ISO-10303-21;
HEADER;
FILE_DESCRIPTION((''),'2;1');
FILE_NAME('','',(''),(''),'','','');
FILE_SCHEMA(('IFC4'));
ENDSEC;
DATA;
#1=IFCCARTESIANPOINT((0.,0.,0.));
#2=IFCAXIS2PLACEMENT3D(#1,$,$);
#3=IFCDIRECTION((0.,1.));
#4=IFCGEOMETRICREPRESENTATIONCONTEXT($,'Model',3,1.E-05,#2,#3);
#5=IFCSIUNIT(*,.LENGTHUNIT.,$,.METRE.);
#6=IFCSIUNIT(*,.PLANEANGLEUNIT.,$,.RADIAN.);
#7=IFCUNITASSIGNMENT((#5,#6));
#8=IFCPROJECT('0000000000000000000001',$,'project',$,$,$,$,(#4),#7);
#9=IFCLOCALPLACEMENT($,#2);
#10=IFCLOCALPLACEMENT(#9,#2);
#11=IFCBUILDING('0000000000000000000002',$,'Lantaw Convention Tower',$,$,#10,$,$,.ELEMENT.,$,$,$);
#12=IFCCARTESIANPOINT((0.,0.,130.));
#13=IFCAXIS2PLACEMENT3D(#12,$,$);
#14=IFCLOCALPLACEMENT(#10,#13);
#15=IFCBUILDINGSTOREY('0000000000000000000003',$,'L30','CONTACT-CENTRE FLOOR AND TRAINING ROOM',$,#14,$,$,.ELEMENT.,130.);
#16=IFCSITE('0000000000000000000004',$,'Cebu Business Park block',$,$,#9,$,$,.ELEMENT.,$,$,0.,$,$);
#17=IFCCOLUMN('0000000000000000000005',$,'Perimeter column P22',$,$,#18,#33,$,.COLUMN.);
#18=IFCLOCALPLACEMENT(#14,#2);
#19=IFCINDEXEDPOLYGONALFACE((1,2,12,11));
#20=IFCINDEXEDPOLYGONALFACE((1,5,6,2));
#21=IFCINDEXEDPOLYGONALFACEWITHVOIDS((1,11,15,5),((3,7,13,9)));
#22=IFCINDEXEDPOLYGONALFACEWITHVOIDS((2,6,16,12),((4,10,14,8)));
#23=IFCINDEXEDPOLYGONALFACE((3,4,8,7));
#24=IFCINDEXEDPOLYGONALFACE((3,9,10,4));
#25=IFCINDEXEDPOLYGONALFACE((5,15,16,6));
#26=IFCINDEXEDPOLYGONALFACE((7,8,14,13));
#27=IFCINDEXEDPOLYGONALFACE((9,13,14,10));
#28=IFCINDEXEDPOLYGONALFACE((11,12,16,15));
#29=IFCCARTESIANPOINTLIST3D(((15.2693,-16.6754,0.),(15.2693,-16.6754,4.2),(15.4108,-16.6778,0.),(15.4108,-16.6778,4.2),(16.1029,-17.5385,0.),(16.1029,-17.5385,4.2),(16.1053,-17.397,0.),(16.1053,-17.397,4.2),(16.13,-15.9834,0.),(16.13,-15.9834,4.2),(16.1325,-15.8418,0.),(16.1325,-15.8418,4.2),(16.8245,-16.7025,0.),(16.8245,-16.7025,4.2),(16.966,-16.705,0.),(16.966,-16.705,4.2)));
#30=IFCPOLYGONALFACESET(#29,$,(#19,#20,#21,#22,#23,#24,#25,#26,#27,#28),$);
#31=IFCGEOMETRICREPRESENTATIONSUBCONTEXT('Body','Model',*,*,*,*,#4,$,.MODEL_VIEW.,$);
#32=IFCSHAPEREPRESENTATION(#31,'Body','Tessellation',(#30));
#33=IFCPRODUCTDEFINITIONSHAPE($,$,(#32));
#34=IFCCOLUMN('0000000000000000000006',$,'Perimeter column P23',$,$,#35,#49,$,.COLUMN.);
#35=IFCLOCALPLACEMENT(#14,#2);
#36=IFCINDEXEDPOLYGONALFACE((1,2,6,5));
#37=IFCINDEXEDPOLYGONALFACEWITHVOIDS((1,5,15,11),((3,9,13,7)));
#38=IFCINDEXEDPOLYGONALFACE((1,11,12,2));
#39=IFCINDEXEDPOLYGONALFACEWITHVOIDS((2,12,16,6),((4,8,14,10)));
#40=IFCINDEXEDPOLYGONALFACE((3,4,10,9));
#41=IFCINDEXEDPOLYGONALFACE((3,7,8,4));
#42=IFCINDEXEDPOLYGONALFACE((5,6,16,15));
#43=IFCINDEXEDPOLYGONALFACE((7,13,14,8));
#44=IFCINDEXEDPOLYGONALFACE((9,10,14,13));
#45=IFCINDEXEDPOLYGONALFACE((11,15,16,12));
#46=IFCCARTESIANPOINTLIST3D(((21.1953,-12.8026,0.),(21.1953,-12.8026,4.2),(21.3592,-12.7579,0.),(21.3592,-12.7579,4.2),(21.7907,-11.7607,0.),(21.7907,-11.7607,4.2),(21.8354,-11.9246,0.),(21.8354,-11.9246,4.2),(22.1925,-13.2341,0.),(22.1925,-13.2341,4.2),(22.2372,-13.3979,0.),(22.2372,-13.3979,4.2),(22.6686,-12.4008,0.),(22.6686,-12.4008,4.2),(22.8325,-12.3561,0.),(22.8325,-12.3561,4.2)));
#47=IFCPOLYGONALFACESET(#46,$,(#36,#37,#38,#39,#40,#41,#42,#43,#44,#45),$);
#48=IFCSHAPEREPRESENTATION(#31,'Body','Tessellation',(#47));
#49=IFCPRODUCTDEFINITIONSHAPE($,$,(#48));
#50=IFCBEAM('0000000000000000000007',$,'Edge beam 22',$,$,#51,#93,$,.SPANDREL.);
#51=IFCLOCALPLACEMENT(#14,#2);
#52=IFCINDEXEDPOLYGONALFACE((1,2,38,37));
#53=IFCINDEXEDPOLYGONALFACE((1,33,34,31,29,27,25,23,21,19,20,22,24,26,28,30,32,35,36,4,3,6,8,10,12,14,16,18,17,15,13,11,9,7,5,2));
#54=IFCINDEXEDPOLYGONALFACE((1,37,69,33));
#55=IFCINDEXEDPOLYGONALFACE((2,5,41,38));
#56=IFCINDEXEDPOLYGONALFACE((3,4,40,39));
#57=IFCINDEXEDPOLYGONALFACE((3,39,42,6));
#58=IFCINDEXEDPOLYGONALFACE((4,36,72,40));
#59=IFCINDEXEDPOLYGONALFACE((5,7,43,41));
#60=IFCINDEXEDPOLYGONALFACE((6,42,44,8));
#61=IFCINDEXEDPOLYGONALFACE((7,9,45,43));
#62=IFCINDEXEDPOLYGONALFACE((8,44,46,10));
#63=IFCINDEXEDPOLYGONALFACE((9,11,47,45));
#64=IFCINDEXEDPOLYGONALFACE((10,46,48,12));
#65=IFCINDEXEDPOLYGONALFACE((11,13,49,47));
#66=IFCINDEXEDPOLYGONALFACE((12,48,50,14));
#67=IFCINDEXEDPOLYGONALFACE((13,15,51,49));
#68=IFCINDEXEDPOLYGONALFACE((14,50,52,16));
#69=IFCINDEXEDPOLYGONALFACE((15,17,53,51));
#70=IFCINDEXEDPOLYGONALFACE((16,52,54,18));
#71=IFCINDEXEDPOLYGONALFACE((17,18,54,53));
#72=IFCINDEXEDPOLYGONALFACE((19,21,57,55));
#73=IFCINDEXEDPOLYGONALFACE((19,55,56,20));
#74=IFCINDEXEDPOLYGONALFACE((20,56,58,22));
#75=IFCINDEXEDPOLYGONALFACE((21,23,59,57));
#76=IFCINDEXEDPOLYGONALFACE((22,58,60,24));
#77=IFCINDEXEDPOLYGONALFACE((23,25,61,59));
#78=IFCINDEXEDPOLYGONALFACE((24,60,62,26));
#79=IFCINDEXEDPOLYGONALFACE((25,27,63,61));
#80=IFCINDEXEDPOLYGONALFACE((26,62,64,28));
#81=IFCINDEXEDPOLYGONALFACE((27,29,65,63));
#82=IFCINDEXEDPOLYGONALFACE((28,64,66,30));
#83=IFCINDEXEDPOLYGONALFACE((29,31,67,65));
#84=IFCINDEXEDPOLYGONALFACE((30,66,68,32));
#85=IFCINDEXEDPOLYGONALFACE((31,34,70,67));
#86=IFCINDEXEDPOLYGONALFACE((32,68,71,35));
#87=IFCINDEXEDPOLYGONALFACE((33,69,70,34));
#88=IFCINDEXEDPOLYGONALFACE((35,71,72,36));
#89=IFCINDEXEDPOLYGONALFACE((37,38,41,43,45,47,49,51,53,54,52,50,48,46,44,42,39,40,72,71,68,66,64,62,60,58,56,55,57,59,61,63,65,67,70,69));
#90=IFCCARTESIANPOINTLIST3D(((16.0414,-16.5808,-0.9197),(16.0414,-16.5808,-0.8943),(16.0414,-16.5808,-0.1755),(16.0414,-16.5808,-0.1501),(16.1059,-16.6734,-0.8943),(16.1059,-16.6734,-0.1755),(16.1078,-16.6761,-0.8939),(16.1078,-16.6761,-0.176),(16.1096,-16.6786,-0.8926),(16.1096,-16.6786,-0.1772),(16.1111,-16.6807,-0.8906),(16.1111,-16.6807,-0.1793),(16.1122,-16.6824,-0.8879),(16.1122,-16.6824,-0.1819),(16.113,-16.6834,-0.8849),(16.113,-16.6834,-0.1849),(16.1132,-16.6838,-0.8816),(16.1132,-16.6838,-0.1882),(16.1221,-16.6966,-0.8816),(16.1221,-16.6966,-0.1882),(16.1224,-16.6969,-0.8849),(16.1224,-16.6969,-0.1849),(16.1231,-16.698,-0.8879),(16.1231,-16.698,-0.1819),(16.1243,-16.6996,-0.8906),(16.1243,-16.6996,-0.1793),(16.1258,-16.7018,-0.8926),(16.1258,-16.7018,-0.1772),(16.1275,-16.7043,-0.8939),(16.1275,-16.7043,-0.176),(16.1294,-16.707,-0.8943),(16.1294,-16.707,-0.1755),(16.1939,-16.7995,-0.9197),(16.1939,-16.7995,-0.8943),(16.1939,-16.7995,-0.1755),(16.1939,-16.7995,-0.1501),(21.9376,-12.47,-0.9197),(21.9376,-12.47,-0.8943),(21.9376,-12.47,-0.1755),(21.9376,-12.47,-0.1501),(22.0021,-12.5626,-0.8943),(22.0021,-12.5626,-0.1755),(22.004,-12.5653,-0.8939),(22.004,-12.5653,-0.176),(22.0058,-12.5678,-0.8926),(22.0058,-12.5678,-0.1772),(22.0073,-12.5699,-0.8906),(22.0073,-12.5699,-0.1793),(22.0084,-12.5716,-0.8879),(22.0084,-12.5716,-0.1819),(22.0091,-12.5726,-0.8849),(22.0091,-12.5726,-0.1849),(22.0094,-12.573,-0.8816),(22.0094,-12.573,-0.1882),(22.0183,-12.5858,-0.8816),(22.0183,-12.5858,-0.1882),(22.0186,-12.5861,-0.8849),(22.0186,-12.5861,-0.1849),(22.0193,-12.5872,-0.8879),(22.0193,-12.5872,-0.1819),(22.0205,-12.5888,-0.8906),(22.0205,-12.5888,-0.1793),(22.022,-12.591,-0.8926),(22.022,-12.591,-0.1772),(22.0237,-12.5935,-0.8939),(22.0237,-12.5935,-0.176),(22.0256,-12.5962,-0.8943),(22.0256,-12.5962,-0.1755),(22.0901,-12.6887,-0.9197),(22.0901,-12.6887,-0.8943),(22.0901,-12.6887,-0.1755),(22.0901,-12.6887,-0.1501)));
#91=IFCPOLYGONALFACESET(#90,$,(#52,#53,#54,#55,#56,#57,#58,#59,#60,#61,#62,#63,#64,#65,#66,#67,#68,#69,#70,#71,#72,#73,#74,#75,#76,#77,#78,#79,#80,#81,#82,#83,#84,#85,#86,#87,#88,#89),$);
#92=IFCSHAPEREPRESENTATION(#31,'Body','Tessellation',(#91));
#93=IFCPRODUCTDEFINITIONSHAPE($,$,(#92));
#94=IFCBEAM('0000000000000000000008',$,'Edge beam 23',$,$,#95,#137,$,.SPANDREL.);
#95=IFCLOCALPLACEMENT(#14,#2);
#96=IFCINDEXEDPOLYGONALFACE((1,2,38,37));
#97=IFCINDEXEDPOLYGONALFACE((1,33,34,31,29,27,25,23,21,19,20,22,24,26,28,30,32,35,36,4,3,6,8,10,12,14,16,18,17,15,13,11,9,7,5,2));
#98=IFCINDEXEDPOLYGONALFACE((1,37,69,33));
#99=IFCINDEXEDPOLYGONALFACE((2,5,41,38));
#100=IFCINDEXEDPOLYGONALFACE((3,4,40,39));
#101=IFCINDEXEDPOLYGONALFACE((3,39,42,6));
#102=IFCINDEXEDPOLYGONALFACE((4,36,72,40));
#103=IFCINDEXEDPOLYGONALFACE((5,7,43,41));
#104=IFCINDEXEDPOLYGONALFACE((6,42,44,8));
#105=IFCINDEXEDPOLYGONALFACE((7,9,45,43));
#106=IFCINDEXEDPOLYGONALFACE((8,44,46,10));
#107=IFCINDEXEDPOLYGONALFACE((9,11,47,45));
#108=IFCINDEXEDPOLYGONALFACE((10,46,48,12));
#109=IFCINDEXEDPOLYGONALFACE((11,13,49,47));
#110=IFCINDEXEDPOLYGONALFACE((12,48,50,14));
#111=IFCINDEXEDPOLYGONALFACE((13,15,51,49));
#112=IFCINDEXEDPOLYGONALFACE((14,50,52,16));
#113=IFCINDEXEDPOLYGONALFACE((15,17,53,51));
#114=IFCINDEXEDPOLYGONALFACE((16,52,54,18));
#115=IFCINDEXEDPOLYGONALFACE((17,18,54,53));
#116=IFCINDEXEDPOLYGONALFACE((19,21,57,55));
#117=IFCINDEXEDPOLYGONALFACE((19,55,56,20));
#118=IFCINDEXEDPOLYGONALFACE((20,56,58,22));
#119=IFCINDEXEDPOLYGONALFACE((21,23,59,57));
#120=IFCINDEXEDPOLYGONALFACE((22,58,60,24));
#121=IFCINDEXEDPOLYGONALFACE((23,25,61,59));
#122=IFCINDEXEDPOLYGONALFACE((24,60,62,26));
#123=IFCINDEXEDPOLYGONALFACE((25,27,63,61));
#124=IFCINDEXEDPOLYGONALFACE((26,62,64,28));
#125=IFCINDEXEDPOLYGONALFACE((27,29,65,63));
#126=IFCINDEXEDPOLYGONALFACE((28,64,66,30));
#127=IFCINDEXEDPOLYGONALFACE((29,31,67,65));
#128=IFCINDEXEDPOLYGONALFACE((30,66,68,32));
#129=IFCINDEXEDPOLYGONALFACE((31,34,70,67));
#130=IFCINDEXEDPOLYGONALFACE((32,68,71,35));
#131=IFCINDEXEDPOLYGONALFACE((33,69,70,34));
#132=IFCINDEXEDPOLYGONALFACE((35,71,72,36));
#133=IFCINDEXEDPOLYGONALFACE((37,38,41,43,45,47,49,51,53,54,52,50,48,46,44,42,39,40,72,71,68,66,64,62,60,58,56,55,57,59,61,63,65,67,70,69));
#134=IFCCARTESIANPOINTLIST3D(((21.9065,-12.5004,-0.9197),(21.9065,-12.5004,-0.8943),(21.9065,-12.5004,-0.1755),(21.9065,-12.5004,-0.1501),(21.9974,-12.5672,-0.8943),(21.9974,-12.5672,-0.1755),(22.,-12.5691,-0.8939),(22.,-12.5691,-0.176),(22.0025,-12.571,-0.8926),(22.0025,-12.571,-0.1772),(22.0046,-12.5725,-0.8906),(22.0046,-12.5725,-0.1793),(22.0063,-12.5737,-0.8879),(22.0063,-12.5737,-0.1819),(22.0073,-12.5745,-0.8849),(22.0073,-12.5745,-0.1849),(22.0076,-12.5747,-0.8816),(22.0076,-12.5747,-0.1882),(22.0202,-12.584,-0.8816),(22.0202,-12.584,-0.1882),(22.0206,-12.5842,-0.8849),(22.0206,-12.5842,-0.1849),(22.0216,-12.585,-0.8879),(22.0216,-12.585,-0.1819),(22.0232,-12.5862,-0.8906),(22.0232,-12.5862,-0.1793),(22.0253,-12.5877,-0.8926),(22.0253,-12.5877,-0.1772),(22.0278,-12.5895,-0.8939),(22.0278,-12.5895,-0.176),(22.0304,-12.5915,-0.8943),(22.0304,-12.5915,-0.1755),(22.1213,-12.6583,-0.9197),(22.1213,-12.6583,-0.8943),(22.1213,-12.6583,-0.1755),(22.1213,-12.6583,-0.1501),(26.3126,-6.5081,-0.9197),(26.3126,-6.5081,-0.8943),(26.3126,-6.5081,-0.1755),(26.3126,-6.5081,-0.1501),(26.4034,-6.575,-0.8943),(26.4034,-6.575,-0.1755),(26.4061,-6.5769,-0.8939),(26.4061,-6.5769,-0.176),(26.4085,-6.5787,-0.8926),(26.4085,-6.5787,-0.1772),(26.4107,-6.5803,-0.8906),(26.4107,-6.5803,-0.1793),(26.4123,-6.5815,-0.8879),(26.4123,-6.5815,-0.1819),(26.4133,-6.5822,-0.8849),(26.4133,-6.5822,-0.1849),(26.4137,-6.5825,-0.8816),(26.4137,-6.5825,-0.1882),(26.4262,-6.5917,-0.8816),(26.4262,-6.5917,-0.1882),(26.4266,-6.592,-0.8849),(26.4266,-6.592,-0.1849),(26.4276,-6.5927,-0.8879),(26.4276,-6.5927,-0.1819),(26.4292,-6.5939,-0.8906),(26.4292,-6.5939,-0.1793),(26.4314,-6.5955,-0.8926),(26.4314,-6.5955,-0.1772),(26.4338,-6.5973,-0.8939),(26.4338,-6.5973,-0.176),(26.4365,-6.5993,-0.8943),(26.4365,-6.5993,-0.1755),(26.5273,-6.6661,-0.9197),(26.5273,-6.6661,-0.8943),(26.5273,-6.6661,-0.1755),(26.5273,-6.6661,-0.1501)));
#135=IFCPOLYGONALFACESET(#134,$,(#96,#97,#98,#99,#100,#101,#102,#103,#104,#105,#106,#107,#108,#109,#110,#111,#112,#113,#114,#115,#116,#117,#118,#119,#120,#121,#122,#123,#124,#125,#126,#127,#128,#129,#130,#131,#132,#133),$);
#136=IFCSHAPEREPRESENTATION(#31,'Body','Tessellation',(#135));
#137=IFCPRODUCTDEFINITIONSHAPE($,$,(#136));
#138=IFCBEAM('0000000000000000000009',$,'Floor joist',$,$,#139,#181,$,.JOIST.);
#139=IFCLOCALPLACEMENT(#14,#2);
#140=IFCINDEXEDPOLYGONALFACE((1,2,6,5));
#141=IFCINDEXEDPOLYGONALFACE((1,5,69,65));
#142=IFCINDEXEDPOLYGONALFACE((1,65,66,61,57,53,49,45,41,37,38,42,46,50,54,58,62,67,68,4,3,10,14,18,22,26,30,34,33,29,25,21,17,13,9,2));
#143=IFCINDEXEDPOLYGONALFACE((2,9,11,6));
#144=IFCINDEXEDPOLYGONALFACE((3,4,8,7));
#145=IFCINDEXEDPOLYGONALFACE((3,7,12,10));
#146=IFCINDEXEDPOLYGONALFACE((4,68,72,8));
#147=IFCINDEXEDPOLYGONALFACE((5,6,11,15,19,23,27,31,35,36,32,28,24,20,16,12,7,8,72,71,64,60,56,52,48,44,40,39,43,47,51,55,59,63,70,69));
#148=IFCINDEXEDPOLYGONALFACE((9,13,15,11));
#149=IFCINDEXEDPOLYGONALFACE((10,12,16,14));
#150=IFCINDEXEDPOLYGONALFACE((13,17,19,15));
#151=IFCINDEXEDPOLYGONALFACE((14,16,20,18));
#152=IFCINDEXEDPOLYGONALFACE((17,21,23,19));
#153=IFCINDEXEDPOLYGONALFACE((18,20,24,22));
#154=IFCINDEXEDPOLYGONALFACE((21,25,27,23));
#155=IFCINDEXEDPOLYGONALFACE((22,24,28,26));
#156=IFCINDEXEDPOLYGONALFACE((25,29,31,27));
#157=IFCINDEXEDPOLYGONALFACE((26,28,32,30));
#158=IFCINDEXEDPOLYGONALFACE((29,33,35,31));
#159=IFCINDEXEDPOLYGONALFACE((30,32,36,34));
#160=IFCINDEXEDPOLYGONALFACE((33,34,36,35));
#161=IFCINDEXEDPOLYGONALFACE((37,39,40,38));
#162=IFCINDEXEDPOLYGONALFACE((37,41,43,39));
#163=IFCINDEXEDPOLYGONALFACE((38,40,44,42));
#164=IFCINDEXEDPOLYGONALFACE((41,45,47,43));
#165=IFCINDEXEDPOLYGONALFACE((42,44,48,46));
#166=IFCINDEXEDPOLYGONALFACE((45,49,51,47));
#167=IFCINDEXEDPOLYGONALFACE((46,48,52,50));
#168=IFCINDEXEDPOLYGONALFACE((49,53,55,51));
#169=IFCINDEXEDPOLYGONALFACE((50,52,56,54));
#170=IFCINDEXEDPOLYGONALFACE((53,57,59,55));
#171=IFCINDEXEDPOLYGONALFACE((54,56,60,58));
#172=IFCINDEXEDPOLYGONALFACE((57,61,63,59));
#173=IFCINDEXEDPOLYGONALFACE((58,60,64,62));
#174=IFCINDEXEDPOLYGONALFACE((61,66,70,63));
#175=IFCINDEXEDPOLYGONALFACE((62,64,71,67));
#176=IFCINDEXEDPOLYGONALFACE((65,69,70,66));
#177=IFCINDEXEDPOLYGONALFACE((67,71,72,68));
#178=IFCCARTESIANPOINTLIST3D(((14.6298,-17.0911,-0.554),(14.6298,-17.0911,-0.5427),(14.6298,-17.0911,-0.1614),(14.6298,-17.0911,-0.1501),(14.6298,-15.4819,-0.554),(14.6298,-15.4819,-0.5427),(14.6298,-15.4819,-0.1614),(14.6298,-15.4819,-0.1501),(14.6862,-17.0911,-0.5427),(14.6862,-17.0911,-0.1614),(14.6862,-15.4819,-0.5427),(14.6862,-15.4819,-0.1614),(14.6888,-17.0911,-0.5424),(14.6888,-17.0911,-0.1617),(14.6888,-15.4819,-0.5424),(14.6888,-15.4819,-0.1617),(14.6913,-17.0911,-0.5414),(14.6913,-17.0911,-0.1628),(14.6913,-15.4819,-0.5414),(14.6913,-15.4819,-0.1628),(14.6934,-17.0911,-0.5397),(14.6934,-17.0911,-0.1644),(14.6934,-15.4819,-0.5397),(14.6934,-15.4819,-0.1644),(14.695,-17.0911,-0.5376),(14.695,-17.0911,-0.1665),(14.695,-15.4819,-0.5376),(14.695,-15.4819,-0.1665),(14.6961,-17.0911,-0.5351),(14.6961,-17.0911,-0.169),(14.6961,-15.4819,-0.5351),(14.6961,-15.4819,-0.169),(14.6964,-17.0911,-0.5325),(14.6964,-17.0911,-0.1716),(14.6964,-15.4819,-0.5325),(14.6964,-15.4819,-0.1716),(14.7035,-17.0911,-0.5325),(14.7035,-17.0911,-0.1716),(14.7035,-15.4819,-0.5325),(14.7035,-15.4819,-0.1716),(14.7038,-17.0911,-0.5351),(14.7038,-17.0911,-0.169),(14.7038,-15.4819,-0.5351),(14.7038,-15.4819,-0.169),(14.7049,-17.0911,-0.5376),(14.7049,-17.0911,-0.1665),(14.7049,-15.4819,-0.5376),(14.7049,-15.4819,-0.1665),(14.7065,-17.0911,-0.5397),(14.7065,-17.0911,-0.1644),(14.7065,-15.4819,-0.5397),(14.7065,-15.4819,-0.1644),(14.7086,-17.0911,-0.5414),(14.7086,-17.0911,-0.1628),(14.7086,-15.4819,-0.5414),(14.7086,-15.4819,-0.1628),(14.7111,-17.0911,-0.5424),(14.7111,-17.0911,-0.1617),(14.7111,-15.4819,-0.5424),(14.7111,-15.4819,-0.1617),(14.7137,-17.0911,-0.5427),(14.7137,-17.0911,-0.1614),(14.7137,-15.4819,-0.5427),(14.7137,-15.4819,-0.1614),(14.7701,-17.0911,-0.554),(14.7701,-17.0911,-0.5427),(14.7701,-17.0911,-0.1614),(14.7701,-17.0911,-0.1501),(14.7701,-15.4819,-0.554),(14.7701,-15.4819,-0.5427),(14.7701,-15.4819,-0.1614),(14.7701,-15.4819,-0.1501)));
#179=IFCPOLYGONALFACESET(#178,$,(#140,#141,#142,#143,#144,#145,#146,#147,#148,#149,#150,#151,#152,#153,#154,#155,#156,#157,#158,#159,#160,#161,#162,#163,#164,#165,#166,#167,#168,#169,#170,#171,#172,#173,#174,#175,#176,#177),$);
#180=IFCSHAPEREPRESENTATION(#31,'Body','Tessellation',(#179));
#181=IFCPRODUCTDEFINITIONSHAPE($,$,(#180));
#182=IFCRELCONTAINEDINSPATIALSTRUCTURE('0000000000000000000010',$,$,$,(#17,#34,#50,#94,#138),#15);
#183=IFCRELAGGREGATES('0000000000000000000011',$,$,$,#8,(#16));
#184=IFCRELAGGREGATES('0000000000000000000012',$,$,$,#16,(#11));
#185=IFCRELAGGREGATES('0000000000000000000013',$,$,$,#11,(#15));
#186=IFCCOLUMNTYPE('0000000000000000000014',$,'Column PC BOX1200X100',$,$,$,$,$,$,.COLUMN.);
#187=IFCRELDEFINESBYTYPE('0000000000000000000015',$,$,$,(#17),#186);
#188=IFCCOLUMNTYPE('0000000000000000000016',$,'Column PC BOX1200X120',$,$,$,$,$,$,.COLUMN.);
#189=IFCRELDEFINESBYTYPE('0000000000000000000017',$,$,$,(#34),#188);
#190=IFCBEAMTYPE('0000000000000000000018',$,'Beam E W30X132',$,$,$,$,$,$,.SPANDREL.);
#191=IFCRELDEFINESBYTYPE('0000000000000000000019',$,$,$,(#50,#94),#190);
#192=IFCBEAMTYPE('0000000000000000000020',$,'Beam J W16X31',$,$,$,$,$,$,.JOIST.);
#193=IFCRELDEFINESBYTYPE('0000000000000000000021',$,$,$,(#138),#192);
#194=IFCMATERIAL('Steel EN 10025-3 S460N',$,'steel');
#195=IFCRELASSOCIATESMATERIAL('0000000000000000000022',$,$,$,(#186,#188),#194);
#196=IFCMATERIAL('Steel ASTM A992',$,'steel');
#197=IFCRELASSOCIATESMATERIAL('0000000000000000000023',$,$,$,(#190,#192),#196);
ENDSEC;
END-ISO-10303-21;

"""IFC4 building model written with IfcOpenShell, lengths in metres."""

from ifc_helpers import new_model, si_unit, direction, frame, origin, origin_2d, place, context, subcontext, project, spatial, rectangle, hollow_rectangle, i_section, extrude, material, material_profile, profile_set, type_object, element, save


model = new_model("IFC4")

# Units and contexts
model_context = context("Model", 3, precision=1e-05, world=origin(), true_north=direction((0.0, 1.0)))
body_context = subcontext(model_context, "Body", "Model", "MODEL_VIEW")
ifc_project = project(units=[si_unit("LENGTHUNIT", "METRE"), si_unit("PLANEANGLEUNIT", "RADIAN")], contexts=[model_context])

# Site, building, storey
site_placement = place(None, origin())
site = spatial("IfcSite", under=ifc_project, at=site_placement, Name="Cebu Business Park block", CompositionType="ELEMENT", RefElevation=0.0)
building_placement = place(site_placement, origin())
building = spatial("IfcBuilding", under=site, at=building_placement, Name="Lantaw Convention Tower", CompositionType="ELEMENT")
storey_placement = place(building_placement, frame((0.0, 0.0, 130.0)))
storey = spatial("IfcBuildingStorey", under=building, at=storey_placement, Name="L30", Description="CONTACT-CENTRE FLOOR AND TRAINING ROOM", CompositionType="ELEMENT", Elevation=130.0)

# Columns
ifc_material_1 = material(Name="Steel EN 10025-3 S460N", Category="steel")
ifc_material_profile_1 = material_profile(ifc_material_1, hollow_rectangle(XDim=1.2, YDim=1.2, WallThickness=0.1001, at=origin_2d()), Name="BOX1200X100")
ifc_material_2 = material(Name="Concrete C60/75", Category="concrete")
ifc_material_profile_2 = material_profile(ifc_material_2, rectangle(XDim=1.0, YDim=1.0, at=origin_2d()), Name="Concrete fill of BOX1200X100")
ifc_profile_set_1 = profile_set([ifc_material_profile_1, ifc_material_profile_2], Name="Steel EN 10025-3 S460N")
column_type_1 = type_object("IfcColumnType", Name="Column PC BOX1200X100", PredefinedType="COLUMN", material=ifc_profile_set_1)
column_1_placement = place(storey_placement, frame((16.1177, -16.6902, 0.0), z_axis=(0.0, 0.0, 1.0), x_axis=(0.71934, 0.694658, 0.0)))
element("IfcColumn", 1, at=column_1_placement, inside=storey, type_object=column_type_1, Name="Perimeter column P22", PredefinedType="COLUMN", context=body_context, shape_type="SweptSolid", body=[
    extrude(hollow_rectangle(XDim=1.2, YDim=1.2, WallThickness=0.1001, at=origin_2d()), origin(), (0.0, 0.0, 1.0), 4.2),
])
ifc_material_profile_3 = material_profile(ifc_material_1, hollow_rectangle(XDim=1.2, YDim=1.2, WallThickness=0.1201, at=origin_2d()), Name="BOX1200X120")
ifc_material_profile_4 = material_profile(ifc_material_2, rectangle(XDim=0.96, YDim=0.96, at=origin_2d()), Name="Concrete fill of BOX1200X120")
ifc_profile_set_2 = profile_set([ifc_material_profile_3, ifc_material_profile_4], Name="Steel EN 10025-3 S460N")
column_type_2 = type_object("IfcColumnType", Name="Column PC BOX1200X120", PredefinedType="COLUMN", material=ifc_profile_set_2)
column_2_placement = place(storey_placement, frame((22.0139, -12.5793, 0.0), z_axis=(0.0, 0.0, 1.0), x_axis=(0.496139, 0.868243, 0.0)))
element("IfcColumn", 2, at=column_2_placement, inside=storey, type_object=column_type_2, Name="Perimeter column P23", PredefinedType="COLUMN", context=body_context, shape_type="SweptSolid", body=[
    extrude(hollow_rectangle(XDim=1.2, YDim=1.2, WallThickness=0.1201, at=origin_2d()), origin(), (0.0, 0.0, 1.0), 4.2),
])

# Beams
ifc_material_3 = material(Name="Steel ASTM A992", Category="steel")
ifc_material_profile_5 = material_profile(ifc_material_3, i_section(OverallWidth=0.2666, OverallDepth=0.7695, WebThickness=0.0156, FlangeThickness=0.0254, FilletRadius=0.0127, at=origin_2d()), Name="W30X132")
ifc_profile_set_3 = profile_set([ifc_material_profile_5], Name="Steel ASTM A992")
beam_type_1 = type_object("IfcBeamType", Name="Beam E W30X132", PredefinedType="SPANDREL", material=ifc_profile_set_3)
beam_1_placement = place(storey_placement, frame((16.1177, -16.6902, -0.5349), z_axis=(0.820311, 0.571918, 0.0), x_axis=(-0.571918, 0.820311, 0.0)))
element("IfcBeam", 3, at=beam_1_placement, inside=storey, type_object=beam_type_1, Name="Edge beam 22", PredefinedType="SPANDREL", context=body_context, shape_type="SweptSolid", body=[
    extrude(i_section(OverallWidth=0.2666, OverallDepth=0.7695, WebThickness=0.0156, FlangeThickness=0.0254, FilletRadius=0.0127, at=origin_2d()), origin(), (0.0, 0.0, 1.0), 7.1877),
])
beam_2_placement = place(storey_placement, frame((22.0139, -12.5793, -0.5349), z_axis=(0.592389, 0.805652, 0.0), x_axis=(-0.805652, 0.592389, 0.0)))
element("IfcBeam", 4, at=beam_2_placement, inside=storey, type_object=beam_type_1, Name="Edge beam 23", PredefinedType="SPANDREL", context=body_context, shape_type="SweptSolid", body=[
    extrude(i_section(OverallWidth=0.2666, OverallDepth=0.7695, WebThickness=0.0156, FlangeThickness=0.0254, FilletRadius=0.0127, at=origin_2d()), origin(), (0.0, 0.0, 1.0), 7.4377),
])
ifc_material_profile_6 = material_profile(ifc_material_3, i_section(OverallWidth=0.1404, OverallDepth=0.4038, WebThickness=0.0071, FlangeThickness=0.0112, FilletRadius=0.0103, at=origin_2d()), Name="W16X31")
ifc_profile_set_4 = profile_set([ifc_material_profile_6], Name="Steel ASTM A992")
beam_type_2 = type_object("IfcBeamType", Name="Beam J W16X31", PredefinedType="JOIST", material=ifc_profile_set_4)
beam_3_placement = place(storey_placement, frame((14.7, -17.0911, -0.3521), z_axis=(0.0, 1.0, 0.0), x_axis=(-1.0, 0.0, 0.0)))
element("IfcBeam", 5, at=beam_3_placement, inside=storey, type_object=beam_type_2, Name="Floor joist", PredefinedType="JOIST", context=body_context, shape_type="SweptSolid", body=[
    extrude(i_section(OverallWidth=0.1404, OverallDepth=0.4038, WebThickness=0.0071, FlangeThickness=0.0112, FilletRadius=0.0103, at=origin_2d()), origin(), (0.0, 0.0, 1.0), 1.6091),
])

save(model, "model.ifc")
